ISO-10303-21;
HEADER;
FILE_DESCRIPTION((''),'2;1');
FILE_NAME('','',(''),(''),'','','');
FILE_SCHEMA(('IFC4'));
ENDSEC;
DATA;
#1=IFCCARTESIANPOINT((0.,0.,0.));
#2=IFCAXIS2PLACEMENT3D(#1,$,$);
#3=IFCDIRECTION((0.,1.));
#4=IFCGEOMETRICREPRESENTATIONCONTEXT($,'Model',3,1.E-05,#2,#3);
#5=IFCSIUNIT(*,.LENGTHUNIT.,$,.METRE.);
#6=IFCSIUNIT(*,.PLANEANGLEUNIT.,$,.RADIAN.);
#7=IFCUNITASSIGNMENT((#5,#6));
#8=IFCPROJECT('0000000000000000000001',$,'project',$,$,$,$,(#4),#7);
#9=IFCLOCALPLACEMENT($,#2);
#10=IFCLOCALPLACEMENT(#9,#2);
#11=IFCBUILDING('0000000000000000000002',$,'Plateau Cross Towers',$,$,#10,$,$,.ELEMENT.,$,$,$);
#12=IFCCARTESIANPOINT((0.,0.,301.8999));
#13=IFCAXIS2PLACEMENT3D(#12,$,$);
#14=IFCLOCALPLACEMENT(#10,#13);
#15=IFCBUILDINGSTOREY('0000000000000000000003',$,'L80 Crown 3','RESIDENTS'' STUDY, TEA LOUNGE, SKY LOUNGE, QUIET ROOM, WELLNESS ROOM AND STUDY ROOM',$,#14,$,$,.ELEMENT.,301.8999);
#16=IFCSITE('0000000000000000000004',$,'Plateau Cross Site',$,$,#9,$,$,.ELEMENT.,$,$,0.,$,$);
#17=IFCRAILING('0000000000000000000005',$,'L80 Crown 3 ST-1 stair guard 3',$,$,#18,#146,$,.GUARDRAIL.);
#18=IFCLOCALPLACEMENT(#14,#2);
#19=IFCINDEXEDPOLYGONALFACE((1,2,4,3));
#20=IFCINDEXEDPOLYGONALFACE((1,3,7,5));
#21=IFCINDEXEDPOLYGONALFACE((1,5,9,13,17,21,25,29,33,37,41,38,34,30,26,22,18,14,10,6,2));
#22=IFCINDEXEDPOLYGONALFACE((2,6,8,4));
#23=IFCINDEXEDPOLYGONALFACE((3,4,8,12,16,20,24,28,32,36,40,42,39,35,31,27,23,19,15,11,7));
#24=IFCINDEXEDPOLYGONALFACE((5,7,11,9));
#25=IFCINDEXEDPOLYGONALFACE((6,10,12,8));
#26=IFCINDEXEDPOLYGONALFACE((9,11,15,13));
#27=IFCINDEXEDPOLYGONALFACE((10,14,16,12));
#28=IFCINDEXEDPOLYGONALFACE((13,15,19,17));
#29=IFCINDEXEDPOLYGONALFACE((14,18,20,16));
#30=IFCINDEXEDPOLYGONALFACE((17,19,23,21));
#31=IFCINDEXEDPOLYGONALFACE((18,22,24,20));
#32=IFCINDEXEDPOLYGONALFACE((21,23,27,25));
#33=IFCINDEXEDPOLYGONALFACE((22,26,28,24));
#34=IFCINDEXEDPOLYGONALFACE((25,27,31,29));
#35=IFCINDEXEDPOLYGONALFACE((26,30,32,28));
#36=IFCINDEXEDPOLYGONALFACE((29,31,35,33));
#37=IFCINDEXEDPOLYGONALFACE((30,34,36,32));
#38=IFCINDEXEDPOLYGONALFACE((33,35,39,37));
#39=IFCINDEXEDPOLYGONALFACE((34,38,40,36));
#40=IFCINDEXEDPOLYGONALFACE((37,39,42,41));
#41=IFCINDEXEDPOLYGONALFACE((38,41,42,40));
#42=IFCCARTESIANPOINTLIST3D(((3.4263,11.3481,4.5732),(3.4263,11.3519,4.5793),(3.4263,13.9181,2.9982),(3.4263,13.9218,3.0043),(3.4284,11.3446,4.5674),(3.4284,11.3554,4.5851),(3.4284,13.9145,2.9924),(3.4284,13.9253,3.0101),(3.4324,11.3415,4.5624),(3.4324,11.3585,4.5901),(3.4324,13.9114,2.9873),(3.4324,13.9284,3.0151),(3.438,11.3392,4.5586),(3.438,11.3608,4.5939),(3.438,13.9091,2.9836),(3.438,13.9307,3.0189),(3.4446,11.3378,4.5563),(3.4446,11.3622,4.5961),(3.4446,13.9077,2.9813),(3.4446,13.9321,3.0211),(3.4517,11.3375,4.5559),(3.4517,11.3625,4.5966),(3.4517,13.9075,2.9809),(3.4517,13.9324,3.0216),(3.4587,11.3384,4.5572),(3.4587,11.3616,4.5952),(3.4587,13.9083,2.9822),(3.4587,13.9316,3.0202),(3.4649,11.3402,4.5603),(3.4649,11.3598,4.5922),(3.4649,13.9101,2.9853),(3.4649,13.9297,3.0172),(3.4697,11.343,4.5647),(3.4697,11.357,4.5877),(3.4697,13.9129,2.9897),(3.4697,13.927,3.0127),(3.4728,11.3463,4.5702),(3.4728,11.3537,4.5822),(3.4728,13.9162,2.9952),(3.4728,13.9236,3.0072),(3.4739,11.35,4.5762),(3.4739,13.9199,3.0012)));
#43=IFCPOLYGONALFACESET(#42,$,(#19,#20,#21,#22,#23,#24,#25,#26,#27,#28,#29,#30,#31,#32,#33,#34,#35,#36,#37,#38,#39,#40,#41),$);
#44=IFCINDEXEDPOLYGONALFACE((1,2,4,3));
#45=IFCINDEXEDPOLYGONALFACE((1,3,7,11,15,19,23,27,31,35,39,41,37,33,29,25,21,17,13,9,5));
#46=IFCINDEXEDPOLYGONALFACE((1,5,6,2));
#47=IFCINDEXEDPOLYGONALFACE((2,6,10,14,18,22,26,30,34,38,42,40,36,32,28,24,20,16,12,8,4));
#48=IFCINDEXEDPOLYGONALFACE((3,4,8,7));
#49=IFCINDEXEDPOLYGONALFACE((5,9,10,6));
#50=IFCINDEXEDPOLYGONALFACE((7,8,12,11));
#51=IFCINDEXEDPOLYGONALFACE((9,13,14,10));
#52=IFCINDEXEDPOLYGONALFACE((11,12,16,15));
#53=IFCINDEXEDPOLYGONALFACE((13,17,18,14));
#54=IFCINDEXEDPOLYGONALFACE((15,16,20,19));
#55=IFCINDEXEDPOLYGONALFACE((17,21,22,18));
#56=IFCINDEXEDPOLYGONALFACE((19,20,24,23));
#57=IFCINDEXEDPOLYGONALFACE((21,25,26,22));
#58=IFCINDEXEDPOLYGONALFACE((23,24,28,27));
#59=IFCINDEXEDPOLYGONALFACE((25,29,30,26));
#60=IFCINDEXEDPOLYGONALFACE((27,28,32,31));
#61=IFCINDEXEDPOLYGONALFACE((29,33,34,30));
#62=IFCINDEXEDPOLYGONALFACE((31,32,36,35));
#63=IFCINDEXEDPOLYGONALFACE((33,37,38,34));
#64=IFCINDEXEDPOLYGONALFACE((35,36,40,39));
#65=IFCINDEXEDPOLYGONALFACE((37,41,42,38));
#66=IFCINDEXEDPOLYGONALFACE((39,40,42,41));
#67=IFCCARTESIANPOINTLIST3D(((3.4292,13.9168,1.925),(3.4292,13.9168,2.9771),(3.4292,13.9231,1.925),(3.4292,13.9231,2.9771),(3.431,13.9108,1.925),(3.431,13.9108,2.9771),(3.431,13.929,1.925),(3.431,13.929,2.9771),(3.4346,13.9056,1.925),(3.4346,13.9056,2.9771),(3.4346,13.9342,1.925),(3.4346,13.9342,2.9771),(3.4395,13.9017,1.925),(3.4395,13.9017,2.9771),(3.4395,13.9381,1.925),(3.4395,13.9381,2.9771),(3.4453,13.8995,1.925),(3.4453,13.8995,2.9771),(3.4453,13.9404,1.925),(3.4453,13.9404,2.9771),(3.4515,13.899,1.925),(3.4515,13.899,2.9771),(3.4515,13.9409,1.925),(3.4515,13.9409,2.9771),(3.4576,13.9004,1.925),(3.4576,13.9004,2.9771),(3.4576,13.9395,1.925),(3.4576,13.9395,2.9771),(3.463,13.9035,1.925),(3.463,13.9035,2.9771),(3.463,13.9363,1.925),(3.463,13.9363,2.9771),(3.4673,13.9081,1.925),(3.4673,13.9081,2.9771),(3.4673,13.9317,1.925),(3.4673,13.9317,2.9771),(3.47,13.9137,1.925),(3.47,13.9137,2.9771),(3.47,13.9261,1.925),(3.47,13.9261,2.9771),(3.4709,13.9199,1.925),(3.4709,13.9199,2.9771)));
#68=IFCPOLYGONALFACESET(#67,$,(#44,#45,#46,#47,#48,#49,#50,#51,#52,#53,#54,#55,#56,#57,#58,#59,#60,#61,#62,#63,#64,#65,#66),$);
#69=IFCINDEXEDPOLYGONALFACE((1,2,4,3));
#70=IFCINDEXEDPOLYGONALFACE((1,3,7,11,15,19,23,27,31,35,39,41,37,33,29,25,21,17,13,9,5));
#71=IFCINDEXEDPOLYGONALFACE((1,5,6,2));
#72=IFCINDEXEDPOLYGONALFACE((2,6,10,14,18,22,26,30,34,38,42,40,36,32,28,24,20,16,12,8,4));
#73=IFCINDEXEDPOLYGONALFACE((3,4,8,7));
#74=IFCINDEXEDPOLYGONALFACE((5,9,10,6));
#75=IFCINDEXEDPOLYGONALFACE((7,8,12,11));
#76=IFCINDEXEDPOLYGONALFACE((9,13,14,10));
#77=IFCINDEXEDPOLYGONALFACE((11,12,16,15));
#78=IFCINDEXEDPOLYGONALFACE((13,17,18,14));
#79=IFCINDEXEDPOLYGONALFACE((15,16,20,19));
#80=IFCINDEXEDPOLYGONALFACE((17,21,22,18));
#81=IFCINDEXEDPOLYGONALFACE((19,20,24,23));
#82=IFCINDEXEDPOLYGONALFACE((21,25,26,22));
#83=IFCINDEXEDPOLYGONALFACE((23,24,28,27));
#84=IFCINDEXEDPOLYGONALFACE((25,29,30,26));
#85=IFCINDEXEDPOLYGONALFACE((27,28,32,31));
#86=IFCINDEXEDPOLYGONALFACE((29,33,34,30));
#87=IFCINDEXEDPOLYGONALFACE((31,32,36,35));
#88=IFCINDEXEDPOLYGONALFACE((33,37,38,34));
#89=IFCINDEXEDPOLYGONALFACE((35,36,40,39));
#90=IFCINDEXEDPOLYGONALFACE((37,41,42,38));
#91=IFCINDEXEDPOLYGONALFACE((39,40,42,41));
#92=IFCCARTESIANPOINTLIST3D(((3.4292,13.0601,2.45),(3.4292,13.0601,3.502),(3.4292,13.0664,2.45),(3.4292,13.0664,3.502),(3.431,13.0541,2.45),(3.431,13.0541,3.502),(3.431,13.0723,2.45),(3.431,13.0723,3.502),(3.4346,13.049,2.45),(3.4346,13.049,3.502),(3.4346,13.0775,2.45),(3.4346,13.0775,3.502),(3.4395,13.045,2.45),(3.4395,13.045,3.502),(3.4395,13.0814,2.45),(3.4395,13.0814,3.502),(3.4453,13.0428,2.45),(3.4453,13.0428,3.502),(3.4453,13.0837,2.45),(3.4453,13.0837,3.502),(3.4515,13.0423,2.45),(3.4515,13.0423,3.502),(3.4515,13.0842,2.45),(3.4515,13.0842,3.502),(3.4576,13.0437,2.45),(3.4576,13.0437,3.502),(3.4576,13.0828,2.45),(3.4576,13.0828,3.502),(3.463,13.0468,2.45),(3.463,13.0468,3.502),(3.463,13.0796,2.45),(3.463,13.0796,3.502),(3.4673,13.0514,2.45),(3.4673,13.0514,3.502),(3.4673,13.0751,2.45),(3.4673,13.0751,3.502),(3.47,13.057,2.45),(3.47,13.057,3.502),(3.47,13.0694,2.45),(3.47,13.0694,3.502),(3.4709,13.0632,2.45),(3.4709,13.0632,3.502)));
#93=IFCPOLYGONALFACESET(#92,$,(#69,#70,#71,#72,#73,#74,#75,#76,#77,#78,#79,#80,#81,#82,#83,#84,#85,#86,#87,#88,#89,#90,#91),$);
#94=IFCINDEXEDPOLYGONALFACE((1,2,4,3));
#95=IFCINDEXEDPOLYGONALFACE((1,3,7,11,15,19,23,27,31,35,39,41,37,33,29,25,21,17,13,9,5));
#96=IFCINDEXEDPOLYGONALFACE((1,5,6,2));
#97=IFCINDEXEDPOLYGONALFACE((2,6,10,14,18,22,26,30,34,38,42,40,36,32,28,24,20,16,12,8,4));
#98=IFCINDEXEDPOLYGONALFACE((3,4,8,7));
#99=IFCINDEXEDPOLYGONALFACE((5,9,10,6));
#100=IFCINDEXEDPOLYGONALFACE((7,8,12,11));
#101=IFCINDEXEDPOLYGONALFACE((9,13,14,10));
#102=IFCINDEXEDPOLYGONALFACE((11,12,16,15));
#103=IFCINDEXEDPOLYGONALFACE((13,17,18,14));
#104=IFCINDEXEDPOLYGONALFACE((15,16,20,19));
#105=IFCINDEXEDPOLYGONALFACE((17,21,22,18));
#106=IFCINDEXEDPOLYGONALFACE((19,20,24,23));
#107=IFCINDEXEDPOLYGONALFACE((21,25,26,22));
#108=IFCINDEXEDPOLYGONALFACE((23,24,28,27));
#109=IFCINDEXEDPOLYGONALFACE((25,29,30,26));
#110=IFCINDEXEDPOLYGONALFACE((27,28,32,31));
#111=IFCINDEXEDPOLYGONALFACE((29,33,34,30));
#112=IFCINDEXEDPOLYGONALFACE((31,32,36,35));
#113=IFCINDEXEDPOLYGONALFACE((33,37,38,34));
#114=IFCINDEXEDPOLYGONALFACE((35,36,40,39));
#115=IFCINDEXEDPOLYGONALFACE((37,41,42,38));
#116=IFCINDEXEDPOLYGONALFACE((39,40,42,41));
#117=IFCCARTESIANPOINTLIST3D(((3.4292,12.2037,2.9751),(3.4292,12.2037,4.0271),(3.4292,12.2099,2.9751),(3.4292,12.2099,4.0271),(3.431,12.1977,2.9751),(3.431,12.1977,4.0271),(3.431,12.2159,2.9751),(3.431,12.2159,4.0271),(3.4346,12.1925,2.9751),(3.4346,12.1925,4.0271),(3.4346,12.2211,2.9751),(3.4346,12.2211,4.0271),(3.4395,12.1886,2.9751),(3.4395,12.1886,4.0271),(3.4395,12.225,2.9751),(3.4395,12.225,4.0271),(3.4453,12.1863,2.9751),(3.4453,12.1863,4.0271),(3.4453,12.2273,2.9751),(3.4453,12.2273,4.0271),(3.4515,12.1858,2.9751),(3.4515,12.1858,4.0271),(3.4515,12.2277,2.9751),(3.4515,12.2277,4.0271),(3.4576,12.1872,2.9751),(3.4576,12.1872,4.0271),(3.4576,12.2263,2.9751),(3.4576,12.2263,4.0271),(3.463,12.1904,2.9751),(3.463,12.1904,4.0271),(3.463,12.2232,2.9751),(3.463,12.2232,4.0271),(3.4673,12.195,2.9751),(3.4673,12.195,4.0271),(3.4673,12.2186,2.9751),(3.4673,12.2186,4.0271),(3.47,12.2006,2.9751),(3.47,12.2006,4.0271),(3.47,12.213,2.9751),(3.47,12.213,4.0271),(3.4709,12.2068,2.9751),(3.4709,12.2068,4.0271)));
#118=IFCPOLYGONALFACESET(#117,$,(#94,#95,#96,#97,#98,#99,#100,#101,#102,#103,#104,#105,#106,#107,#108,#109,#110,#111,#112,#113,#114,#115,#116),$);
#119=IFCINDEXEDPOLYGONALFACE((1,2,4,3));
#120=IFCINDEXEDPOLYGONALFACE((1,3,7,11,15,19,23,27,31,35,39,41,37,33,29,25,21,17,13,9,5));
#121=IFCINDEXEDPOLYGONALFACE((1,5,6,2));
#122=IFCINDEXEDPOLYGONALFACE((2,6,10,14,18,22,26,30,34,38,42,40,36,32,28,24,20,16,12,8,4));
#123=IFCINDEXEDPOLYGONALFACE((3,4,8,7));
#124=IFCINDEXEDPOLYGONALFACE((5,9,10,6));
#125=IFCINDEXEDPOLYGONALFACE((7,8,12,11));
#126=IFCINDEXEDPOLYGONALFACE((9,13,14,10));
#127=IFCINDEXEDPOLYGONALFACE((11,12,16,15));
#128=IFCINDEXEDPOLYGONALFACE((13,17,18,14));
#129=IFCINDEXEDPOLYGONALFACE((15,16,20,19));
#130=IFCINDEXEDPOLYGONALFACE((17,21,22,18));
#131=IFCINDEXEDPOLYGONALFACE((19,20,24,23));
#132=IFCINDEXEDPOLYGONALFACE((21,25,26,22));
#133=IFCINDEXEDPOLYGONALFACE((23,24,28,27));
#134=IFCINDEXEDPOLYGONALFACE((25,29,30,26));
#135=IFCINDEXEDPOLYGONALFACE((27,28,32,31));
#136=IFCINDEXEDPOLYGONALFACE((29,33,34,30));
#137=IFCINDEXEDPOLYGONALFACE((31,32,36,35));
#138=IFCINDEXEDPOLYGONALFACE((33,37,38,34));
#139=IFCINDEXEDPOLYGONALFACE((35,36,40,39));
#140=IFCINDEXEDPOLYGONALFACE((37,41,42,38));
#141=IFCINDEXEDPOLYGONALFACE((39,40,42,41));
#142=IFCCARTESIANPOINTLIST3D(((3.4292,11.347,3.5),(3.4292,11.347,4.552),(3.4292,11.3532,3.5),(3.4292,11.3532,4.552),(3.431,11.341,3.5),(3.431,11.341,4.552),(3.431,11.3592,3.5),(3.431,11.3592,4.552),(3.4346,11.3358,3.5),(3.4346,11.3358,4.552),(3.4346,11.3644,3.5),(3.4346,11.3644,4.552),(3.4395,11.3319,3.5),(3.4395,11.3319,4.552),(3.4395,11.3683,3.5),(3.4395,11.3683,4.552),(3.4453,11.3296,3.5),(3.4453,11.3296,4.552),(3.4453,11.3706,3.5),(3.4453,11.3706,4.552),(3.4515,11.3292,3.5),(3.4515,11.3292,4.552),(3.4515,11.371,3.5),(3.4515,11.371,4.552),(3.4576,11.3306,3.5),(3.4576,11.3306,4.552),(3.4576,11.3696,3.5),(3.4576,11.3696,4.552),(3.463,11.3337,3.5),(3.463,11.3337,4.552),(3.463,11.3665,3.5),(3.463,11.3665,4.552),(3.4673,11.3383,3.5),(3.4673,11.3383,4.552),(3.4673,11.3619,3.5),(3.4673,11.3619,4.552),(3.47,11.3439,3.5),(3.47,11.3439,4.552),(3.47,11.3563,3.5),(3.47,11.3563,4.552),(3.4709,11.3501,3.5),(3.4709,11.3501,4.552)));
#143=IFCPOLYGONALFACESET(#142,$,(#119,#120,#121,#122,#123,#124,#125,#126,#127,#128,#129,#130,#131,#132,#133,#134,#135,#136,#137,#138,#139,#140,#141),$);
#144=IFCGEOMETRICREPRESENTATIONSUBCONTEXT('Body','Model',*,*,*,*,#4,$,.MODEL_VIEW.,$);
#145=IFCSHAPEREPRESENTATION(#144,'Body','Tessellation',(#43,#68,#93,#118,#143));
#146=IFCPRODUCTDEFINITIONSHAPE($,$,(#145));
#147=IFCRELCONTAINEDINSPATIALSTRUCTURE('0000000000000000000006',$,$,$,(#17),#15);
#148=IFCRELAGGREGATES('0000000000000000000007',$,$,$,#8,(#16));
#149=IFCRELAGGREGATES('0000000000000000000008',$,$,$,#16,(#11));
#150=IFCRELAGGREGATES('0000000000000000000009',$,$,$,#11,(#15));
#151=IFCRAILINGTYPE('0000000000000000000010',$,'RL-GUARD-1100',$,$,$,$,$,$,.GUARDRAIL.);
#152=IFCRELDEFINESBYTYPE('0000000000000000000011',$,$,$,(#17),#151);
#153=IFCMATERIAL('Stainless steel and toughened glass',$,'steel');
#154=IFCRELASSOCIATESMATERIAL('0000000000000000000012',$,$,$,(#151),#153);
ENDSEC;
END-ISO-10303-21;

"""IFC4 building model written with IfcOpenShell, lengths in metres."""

from ifc_helpers import new_model, si_unit, direction, frame, origin, origin_2d, place, context, subcontext, project, spatial, circle, extrude, material, type_object, element, save


model = new_model("IFC4")

# Units and contexts
model_context = context("Model", 3, precision=1e-05, world=origin(), true_north=direction((0.0, 1.0)))
body_context = subcontext(model_context, "Body", "Model", "MODEL_VIEW")
ifc_project = project(units=[si_unit("LENGTHUNIT", "METRE"), si_unit("PLANEANGLEUNIT", "RADIAN")], contexts=[model_context])

# Site, building, storey
site_placement = place(None, origin())
site = spatial("IfcSite", under=ifc_project, at=site_placement, Name="Plateau Cross Site", CompositionType="ELEMENT", RefElevation=0.0)
building_placement = place(site_placement, origin())
building = spatial("IfcBuilding", under=site, at=building_placement, Name="Plateau Cross Towers", CompositionType="ELEMENT")
storey_placement = place(building_placement, frame((0.0, 0.0, 301.8999)))
storey = spatial("IfcBuildingStorey", under=building, at=storey_placement, Name="L80 Crown 3", Description="RESIDENTS' STUDY, TEA LOUNGE, SKY LOUNGE, QUIET ROOM, WELLNESS ROOM AND STUDY ROOM", CompositionType="ELEMENT", Elevation=301.8999)

# Railing
ifc_material_1 = material(Name="Stainless steel and toughened glass", Category="steel")
railing_type_1 = type_object("IfcRailingType", Name="RL-GUARD-1100", PredefinedType="GUARDRAIL", material=ifc_material_1)
railing_1_placement = place(storey_placement, frame((3.45, 13.9199, 1.925)))
element("IfcRailing", 1, at=railing_1_placement, inside=storey, type_object=railing_type_1, Name="L80 Crown 3 ST-1 stair guard 3", PredefinedType="GUARDRAIL", context=body_context, shape_type="SweptSolid", body=[
    extrude(circle(Radius=0.0239, at=origin_2d()), frame((0.0, 0.0, 1.0762), z_axis=(0.0, -0.852616, 0.522537), x_axis=(1.0, 0.0, 0.0)), (0.0, 0.0, 1.0), 3.0142),
    extrude(circle(Radius=0.021, at=origin_2d()), origin(), (0.0, 0.0, 1.0), 1.052),
    extrude(circle(Radius=0.021, at=origin_2d()), frame((0.0, -0.8567, 0.5249)), (0.0, 0.0, 1.0), 1.052),
    extrude(circle(Radius=0.021, at=origin_2d()), frame((0.0, -1.7131, 1.05)), (0.0, 0.0, 1.0), 1.052),
    extrude(circle(Radius=0.021, at=origin_2d()), frame((0.0, -2.5698, 1.575)), (0.0, 0.0, 1.0), 1.052),
])

save(model, "model.ifc")
